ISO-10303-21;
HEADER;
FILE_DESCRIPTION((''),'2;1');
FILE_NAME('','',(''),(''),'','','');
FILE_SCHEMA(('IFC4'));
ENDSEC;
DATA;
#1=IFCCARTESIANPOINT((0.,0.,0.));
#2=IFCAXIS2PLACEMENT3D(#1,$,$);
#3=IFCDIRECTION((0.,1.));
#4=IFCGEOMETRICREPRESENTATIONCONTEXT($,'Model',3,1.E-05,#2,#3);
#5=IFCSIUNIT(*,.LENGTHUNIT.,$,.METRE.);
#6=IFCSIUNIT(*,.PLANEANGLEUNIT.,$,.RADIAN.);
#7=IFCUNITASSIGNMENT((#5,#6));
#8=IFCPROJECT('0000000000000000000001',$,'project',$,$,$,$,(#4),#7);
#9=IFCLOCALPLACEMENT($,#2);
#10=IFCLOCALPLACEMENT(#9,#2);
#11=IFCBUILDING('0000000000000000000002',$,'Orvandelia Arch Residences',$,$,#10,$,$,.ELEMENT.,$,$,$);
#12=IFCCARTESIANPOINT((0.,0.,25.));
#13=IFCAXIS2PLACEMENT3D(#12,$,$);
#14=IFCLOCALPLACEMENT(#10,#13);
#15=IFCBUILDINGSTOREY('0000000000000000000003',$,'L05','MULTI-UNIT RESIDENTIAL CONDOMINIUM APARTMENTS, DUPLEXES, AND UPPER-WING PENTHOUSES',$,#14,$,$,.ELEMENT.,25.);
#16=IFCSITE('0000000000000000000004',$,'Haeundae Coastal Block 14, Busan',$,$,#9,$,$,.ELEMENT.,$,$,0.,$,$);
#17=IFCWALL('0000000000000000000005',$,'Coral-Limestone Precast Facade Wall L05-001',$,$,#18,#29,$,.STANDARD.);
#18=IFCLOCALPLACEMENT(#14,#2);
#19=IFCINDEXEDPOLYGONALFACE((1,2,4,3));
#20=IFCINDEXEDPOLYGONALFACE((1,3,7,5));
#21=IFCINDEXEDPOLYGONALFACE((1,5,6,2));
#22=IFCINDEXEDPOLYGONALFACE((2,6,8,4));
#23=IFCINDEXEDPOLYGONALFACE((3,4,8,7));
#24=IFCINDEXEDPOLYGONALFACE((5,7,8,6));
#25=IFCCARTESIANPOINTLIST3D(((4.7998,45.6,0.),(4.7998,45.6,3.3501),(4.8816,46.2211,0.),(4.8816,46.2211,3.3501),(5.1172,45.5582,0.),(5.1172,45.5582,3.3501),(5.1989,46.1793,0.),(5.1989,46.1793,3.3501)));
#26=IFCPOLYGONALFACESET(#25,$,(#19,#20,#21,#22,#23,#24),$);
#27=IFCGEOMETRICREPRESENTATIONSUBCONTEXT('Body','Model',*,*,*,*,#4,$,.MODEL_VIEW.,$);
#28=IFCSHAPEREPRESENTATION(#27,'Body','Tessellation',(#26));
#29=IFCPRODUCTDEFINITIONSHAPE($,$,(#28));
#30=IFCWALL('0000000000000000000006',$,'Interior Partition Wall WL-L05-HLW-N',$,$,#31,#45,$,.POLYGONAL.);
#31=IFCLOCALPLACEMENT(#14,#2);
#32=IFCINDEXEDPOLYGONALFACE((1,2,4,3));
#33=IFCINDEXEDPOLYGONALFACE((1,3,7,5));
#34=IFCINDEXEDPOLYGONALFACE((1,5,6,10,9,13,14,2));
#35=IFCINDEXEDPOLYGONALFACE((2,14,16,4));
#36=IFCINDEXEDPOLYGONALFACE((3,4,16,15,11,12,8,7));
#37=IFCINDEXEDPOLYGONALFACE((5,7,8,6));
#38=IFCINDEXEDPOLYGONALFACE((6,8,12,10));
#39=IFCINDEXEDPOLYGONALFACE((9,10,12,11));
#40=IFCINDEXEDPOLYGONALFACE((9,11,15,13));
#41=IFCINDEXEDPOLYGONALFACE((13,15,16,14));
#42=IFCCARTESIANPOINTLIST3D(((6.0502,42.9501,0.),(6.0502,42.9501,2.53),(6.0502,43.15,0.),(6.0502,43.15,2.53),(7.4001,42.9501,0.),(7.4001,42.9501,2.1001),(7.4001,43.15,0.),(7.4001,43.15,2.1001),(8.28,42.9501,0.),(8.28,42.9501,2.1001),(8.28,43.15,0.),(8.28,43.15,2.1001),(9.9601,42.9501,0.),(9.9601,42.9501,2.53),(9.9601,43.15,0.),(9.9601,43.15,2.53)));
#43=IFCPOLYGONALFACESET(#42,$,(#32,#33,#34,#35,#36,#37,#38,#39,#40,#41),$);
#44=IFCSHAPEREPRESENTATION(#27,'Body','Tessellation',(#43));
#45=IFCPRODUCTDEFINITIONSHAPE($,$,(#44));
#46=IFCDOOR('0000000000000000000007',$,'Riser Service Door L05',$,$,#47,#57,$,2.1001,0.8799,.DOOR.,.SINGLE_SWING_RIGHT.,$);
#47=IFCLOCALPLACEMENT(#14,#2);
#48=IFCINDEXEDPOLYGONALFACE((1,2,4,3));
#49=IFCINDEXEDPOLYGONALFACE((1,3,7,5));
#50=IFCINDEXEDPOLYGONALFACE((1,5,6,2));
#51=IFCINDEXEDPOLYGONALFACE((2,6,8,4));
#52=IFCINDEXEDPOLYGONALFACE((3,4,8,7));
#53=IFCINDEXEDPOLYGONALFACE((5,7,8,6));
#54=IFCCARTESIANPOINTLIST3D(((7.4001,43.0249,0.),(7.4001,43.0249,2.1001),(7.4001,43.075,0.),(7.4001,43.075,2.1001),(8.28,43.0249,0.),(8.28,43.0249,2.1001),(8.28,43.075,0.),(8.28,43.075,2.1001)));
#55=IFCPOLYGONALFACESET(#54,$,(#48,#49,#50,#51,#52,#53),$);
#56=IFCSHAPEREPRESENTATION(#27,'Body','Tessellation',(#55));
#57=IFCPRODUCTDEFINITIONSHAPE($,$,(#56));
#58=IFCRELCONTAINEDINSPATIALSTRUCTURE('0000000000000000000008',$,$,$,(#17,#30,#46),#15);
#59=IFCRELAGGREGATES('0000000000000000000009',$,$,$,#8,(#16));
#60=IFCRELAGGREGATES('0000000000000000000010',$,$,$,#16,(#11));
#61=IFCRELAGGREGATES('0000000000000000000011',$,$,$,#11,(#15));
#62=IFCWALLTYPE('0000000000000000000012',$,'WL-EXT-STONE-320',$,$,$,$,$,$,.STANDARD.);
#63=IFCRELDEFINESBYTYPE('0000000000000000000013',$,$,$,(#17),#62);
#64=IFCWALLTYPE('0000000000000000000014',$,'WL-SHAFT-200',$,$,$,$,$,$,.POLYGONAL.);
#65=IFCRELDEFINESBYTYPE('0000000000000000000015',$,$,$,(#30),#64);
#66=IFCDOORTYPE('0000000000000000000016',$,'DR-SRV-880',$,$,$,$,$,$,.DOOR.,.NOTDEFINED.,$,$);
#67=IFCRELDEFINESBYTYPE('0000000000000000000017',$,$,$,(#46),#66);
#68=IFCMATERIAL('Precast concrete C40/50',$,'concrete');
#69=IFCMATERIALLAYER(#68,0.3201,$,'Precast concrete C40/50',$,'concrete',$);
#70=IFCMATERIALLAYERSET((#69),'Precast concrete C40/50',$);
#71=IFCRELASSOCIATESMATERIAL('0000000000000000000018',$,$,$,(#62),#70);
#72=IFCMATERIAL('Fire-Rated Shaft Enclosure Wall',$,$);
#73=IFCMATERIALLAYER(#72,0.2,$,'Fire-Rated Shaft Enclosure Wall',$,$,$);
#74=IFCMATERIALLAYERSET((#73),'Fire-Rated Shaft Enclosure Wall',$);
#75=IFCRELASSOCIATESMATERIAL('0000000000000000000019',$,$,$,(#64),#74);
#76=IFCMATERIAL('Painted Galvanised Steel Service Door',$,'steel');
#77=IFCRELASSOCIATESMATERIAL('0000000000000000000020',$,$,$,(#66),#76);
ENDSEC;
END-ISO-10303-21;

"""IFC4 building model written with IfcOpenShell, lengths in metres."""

from ifc_helpers import new_model, si_unit, direction, frame, frame_2d, origin, place, context, subcontext, project, spatial, rectangle, extrude, material, layer, layer_set, type_object, element, fill, save


model = new_model("IFC4")

# Units and contexts
model_context = context("Model", 3, precision=1e-05, world=origin(), true_north=direction((0.0, 1.0)))
body_context = subcontext(model_context, "Body", "Model", "MODEL_VIEW")
ifc_project = project(units=[si_unit("LENGTHUNIT", "METRE"), si_unit("PLANEANGLEUNIT", "RADIAN")], contexts=[model_context])

# Site, building, storey
site_placement = place(None, origin())
site = spatial("IfcSite", under=ifc_project, at=site_placement, Name="Haeundae Coastal Block 14, Busan", CompositionType="ELEMENT", RefElevation=0.0)
building_placement = place(site_placement, origin())
building = spatial("IfcBuilding", under=site, at=building_placement, Name="Orvandelia Arch Residences", CompositionType="ELEMENT")
storey_placement = place(building_placement, frame((0.0, 0.0, 25.0)))
storey = spatial("IfcBuildingStorey", under=building, at=storey_placement, Name="L05", Description="MULTI-UNIT RESIDENTIAL CONDOMINIUM APARTMENTS, DUPLEXES, AND UPPER-WING PENTHOUSES", CompositionType="ELEMENT", Elevation=25.0)

# Wall
ifc_material_1 = material(Name="Precast concrete C40/50", Category="concrete")
ifc_layer_1 = layer(ifc_material_1, 0.3201, Name="Precast concrete C40/50", Category="concrete")
ifc_layer_set_1 = layer_set([ifc_layer_1], Name="Precast concrete C40/50")
wall_type_1 = type_object("IfcWallType", Name="WL-EXT-STONE-320", PredefinedType="STANDARD", material=ifc_layer_set_1)
wall_1_placement = place(storey_placement, frame((4.9585, 45.5791, 0.0), z_axis=(0.0, 0.0, 1.0), x_axis=(0.130555, 0.991441, 0.0)))
element("IfcWall", 1, at=wall_1_placement, inside=storey, type_object=wall_type_1, Name="Coral-Limestone Precast Facade Wall L05-001", PredefinedType="STANDARD", context=body_context, shape_type="SweptSolid", body=[
    extrude(rectangle(XDim=0.6265, YDim=0.3201, at=frame_2d((0.3132, 0.0))), origin(), (0.0, 0.0, 1.0), 3.3501),
])

# Wall, opening, door
ifc_material_2 = material(Name="Fire-Rated Shaft Enclosure Wall")
ifc_layer_2 = layer(ifc_material_2, 0.2, Name="Fire-Rated Shaft Enclosure Wall")
ifc_layer_set_2 = layer_set([ifc_layer_2], Name="Fire-Rated Shaft Enclosure Wall")
wall_type_2 = type_object("IfcWallType", Name="WL-SHAFT-200", PredefinedType="POLYGONAL", material=ifc_layer_set_2)
wall_2_placement = place(storey_placement, frame((6.05, 43.05, 0.0), z_axis=(0.0, 0.0, 1.0), x_axis=(1.0, 0.0, 0.0)))
wall_2 = element("IfcWall", 2, at=wall_2_placement, inside=storey, type_object=wall_type_2, Name="Interior Partition Wall WL-L05-HLW-N", PredefinedType="POLYGONAL", context=body_context, shape_type="SweptSolid", body=[
    extrude(rectangle(XDim=3.9099, YDim=0.2, at=frame_2d((1.9551, 0.0))), origin(), (0.0, 0.0, 1.0), 2.53),
])
opening_placement = place(wall_2_placement, frame((1.3501, 0.0, 0.0)))
opening = element("IfcOpeningElement", 3, at=opening_placement, cuts=wall_2, PredefinedType="OPENING", context=body_context, shape_type="SweptSolid", body=[
    extrude(rectangle(XDim=0.8799, YDim=2.1001, at=frame_2d((0.4399, 1.05))), frame((0.0, 0.1099, 0.0), z_axis=(0.0, -1.0, 0.0), x_axis=(1.0, 0.0, 0.0)), (0.0, 0.0, 1.0), 0.22),
])
ifc_material_3 = material(Name="Painted Galvanised Steel Service Door", Category="steel")
door_type = type_object("IfcDoorType", Name="DR-SRV-880", OperationType="NOTDEFINED", PredefinedType="DOOR", material=ifc_material_3)
door_placement = place(opening_placement, origin())
door = element("IfcDoor", 4, at=door_placement, inside=storey, type_object=door_type, Name="Riser Service Door L05", OperationType="SINGLE_SWING_RIGHT", OverallHeight=2.1001, OverallWidth=0.8799, PredefinedType="DOOR", context=body_context, shape_type="SweptSolid", body=[
    extrude(rectangle(XDim=0.8799, YDim=2.1001, at=frame_2d((0.4399, 1.05))), frame((0.0, 0.0249, 0.0), z_axis=(0.0, -1.0, 0.0), x_axis=(1.0, 0.0, 0.0)), (0.0, 0.0, 1.0), 0.05),
])
fill(opening, door)

save(model, "model.ifc")
